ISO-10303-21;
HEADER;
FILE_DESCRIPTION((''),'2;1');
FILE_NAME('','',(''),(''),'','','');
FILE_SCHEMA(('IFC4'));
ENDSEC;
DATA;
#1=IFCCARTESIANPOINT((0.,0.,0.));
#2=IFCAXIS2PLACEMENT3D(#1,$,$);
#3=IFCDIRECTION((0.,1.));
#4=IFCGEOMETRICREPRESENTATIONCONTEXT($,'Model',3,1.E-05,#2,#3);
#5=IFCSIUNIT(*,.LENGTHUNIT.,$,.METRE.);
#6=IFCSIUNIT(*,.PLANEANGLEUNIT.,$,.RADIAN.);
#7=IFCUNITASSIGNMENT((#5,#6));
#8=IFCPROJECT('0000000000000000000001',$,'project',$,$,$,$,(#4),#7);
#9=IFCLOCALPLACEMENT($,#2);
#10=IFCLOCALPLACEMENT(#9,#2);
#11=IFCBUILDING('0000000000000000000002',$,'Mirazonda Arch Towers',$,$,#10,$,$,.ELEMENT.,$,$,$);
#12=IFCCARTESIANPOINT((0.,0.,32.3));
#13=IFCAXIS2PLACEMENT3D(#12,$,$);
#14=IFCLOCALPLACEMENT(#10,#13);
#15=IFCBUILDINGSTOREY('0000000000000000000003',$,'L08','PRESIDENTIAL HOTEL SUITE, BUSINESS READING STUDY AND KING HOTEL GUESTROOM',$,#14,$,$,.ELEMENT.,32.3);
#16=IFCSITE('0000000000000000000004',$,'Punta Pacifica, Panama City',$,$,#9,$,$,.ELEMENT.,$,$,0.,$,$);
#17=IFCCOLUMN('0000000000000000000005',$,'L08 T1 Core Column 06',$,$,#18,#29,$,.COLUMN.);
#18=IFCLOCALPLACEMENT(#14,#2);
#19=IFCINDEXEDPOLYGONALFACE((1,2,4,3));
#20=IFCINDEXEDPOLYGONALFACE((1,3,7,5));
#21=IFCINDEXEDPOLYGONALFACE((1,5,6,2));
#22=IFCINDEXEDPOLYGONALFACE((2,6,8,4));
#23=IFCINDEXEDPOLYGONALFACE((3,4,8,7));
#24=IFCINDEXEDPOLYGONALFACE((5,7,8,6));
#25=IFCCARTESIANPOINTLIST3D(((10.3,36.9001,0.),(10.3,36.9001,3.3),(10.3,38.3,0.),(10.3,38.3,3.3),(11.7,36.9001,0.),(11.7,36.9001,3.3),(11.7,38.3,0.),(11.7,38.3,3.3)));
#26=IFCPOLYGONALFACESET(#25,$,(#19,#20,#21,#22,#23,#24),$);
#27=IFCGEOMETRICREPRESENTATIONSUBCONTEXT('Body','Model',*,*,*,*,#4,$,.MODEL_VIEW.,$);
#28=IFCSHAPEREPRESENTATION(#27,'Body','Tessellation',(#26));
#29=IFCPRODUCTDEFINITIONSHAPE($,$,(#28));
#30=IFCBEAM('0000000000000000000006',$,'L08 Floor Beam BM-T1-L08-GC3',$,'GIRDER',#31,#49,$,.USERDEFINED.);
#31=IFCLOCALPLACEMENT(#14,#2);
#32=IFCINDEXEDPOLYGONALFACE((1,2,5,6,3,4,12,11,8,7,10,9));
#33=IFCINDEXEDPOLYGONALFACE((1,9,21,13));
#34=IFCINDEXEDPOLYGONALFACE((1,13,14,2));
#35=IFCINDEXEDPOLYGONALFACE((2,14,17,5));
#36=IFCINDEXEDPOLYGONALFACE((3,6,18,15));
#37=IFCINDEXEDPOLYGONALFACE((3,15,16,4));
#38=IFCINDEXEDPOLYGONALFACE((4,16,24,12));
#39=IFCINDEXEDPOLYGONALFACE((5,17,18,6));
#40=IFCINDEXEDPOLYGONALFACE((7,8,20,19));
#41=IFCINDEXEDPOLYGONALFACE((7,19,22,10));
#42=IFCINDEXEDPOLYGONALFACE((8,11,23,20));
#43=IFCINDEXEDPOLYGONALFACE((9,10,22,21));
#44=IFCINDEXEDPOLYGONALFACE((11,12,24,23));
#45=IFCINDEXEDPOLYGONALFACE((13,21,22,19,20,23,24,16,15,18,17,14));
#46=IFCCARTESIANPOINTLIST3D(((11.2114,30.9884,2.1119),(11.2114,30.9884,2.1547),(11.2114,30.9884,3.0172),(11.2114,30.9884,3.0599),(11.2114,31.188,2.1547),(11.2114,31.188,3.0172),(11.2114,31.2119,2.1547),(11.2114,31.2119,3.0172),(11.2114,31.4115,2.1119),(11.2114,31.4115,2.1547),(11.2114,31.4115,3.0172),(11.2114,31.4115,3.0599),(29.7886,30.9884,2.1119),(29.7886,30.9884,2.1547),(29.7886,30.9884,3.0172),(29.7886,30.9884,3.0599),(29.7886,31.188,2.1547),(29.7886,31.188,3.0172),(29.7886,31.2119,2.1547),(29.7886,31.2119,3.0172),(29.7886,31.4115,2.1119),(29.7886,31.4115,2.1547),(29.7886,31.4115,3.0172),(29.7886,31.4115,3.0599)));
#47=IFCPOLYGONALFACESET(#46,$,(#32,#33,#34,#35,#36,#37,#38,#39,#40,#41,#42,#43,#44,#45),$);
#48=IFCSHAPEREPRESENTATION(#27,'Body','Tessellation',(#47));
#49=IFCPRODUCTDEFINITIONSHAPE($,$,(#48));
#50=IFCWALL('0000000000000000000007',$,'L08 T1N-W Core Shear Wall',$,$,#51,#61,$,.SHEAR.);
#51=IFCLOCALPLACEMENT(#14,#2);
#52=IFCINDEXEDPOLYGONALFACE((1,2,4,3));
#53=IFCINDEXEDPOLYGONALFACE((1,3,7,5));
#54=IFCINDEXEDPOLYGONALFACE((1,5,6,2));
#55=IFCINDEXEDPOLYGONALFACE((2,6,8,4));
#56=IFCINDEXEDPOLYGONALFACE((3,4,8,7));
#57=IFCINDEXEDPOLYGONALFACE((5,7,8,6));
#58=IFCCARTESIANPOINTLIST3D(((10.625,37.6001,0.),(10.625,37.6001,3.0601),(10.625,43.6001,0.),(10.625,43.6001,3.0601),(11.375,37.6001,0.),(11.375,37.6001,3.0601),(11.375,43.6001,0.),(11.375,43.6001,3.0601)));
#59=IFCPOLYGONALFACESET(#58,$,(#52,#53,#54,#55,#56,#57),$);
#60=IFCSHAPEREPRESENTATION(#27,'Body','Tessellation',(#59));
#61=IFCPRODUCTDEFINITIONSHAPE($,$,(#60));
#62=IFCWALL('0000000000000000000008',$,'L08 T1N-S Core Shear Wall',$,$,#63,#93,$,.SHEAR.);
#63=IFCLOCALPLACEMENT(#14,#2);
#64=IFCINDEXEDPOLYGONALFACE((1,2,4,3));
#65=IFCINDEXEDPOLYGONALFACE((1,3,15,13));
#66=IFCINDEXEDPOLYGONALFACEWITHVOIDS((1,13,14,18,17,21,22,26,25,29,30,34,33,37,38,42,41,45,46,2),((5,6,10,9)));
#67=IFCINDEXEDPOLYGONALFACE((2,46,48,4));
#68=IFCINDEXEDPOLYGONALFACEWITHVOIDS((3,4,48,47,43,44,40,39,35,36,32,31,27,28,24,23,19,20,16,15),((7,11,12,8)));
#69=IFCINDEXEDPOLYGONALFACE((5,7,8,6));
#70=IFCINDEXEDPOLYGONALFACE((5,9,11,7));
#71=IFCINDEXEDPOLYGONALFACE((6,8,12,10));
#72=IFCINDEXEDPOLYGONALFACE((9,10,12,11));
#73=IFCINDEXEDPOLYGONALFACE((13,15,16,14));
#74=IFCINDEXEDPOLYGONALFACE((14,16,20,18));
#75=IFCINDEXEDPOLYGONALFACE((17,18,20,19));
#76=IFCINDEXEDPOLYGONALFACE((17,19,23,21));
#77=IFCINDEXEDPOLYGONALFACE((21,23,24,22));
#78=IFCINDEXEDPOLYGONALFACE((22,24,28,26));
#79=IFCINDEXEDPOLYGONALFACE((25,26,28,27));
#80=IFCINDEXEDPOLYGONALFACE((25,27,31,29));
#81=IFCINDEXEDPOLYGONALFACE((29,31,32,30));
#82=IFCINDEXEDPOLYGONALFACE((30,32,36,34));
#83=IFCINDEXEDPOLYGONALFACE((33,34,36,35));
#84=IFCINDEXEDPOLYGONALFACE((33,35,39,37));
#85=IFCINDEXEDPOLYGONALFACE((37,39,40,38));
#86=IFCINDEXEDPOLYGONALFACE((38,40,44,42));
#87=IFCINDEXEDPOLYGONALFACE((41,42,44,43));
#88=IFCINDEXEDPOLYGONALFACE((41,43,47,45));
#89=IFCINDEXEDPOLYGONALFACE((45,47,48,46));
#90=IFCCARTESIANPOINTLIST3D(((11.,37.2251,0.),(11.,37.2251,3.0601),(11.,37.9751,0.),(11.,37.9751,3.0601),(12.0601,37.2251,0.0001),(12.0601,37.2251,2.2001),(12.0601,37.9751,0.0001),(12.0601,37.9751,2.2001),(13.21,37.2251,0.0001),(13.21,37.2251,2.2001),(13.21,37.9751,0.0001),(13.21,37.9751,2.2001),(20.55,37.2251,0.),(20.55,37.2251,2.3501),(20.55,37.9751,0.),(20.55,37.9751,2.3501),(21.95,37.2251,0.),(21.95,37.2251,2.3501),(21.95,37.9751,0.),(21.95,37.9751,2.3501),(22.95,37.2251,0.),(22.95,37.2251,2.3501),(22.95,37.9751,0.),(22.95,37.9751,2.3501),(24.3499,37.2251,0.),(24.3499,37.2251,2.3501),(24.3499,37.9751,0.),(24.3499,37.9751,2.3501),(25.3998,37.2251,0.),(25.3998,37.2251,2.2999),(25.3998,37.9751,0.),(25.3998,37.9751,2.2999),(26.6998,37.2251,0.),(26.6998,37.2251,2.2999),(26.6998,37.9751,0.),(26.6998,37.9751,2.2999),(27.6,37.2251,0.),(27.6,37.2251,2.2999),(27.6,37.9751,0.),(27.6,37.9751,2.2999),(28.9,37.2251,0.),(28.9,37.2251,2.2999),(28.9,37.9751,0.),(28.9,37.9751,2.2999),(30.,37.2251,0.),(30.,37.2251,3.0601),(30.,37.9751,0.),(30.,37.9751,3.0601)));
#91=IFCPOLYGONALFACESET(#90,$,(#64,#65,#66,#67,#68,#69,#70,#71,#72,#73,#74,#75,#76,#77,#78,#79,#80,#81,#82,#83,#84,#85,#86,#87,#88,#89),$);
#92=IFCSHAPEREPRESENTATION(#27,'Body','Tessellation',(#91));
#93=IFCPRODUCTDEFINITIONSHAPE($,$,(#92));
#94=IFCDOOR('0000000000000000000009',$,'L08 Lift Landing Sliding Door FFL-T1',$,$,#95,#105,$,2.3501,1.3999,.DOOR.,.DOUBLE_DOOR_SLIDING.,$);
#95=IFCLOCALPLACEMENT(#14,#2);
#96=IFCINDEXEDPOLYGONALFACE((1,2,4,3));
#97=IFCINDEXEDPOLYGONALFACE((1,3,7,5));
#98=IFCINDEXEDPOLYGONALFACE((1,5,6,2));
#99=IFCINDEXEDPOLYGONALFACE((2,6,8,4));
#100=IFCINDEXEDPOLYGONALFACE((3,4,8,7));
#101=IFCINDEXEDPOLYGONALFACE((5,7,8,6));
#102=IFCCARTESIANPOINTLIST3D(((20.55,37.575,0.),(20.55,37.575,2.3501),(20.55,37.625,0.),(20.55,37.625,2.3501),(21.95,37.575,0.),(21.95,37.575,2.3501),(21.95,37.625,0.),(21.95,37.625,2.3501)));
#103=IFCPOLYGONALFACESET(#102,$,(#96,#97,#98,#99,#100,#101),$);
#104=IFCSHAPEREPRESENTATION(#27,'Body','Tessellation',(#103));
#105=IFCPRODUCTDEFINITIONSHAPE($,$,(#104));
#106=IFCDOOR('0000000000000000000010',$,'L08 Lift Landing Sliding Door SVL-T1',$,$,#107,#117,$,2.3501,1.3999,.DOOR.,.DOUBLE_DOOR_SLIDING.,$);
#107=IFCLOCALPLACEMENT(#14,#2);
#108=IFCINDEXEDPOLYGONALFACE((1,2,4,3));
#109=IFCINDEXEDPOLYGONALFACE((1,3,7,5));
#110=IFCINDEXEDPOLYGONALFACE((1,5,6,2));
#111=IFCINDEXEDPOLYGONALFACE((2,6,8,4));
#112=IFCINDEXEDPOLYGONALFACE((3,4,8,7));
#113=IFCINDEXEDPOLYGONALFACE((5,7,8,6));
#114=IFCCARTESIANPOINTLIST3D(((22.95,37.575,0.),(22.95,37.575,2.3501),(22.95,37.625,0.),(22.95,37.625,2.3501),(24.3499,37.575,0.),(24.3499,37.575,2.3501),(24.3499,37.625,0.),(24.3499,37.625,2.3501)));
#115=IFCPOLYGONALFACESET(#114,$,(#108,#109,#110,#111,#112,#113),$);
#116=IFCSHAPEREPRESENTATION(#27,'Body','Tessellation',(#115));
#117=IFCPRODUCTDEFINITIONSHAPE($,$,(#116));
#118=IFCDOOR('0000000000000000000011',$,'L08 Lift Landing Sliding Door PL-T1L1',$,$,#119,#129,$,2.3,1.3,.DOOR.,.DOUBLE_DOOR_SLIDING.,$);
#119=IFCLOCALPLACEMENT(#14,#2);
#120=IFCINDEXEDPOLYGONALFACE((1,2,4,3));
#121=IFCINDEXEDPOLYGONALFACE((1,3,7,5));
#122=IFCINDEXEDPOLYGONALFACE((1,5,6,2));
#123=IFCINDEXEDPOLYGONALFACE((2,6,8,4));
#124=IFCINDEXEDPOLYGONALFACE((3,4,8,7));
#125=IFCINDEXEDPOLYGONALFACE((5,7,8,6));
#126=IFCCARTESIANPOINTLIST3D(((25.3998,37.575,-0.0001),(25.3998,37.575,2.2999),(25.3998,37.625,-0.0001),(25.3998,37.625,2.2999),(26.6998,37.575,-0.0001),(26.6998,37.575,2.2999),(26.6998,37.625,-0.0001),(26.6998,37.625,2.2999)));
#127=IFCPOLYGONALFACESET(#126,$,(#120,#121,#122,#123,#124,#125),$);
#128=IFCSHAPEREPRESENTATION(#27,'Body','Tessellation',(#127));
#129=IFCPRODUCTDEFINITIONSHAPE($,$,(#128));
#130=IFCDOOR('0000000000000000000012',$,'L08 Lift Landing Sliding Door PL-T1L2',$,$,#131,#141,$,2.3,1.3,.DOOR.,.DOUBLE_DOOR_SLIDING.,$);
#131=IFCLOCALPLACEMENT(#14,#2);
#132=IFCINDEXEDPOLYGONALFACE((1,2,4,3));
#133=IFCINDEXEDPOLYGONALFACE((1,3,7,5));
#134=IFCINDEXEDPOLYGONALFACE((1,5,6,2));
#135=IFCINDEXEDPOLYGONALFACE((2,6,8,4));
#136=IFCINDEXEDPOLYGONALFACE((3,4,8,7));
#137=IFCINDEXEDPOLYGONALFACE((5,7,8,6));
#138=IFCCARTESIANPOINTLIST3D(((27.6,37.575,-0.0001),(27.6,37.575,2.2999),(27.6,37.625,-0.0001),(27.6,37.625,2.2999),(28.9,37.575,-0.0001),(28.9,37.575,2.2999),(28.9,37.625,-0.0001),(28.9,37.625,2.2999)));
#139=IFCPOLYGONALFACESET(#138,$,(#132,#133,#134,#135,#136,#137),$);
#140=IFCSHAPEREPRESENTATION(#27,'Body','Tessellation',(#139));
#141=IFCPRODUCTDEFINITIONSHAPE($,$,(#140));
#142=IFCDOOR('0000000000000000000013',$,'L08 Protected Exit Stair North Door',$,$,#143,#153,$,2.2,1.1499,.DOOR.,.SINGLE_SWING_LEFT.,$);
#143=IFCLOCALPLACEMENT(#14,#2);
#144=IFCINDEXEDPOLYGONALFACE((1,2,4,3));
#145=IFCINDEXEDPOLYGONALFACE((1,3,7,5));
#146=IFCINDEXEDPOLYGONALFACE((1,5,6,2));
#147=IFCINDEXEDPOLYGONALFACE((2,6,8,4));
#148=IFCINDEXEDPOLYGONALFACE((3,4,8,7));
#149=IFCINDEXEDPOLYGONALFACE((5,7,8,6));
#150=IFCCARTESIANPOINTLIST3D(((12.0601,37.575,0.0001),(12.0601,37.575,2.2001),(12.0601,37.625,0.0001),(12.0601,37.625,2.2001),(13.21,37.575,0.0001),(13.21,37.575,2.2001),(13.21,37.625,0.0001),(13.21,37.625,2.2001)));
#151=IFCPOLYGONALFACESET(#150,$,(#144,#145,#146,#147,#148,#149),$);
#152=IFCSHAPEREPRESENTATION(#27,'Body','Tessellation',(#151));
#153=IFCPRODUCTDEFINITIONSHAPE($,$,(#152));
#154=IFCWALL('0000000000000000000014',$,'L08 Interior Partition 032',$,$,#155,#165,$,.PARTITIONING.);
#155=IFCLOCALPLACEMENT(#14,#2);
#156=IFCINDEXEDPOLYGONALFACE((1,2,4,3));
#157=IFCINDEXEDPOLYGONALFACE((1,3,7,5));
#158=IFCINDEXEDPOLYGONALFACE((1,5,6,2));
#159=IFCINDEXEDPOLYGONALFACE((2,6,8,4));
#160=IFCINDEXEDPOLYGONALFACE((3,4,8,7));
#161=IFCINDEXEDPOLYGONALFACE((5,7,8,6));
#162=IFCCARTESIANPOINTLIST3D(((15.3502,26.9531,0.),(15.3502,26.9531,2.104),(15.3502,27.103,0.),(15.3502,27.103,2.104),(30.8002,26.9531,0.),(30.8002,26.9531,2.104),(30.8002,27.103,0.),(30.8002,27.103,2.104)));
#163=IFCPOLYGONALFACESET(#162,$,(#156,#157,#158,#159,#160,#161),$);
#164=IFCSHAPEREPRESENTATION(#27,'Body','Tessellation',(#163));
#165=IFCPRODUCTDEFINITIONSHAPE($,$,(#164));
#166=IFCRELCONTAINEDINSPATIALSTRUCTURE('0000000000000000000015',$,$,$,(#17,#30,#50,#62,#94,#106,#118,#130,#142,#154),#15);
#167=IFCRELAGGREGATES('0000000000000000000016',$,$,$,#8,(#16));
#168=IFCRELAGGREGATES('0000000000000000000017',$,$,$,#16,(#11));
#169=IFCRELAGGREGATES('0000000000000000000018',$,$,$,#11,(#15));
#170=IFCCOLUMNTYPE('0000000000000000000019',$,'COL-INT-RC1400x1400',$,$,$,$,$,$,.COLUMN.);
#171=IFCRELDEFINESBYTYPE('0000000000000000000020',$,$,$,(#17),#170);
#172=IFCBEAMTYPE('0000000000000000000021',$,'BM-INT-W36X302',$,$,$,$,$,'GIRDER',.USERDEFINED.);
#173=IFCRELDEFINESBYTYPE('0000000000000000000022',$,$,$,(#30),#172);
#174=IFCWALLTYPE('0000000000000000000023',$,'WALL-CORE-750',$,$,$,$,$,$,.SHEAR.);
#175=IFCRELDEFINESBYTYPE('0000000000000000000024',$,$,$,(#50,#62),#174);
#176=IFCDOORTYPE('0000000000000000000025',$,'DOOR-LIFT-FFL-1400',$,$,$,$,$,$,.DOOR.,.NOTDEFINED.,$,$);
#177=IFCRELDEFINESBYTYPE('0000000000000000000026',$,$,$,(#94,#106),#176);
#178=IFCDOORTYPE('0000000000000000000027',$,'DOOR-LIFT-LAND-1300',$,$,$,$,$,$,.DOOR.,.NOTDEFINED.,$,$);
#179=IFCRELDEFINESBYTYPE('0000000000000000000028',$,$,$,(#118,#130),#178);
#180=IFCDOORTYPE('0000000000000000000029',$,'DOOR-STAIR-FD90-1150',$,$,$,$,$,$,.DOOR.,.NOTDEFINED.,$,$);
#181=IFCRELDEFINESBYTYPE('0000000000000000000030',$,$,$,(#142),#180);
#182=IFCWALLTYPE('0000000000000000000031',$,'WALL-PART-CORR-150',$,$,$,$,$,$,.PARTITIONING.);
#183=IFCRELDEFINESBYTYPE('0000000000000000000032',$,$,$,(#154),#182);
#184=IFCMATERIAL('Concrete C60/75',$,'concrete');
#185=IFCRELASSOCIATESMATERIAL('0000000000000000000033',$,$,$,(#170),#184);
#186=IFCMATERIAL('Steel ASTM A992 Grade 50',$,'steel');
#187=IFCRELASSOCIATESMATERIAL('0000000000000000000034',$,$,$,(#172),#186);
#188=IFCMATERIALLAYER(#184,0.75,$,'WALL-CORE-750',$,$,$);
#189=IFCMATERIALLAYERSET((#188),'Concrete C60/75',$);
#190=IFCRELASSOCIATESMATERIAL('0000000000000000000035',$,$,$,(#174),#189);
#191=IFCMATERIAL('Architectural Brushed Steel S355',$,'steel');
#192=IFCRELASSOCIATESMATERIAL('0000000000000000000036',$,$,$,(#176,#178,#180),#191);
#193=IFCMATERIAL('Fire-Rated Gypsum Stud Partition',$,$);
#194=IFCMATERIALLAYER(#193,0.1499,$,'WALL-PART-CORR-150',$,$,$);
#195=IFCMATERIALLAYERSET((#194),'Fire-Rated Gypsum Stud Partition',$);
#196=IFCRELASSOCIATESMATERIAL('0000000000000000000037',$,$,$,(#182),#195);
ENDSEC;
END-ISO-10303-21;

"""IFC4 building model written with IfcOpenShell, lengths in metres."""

from ifc_helpers import new_model, si_unit, direction, frame, frame_2d, origin, origin_2d, place, context, subcontext, project, spatial, rectangle, i_section, extrude, material, layer, layer_set, material_profile, profile_set, type_object, element, fill, save


model = new_model("IFC4")

# Units and contexts
model_context = context("Model", 3, precision=1e-05, world=origin(), true_north=direction((0.0, 1.0)))
body_context = subcontext(model_context, "Body", "Model", "MODEL_VIEW")
ifc_project = project(units=[si_unit("LENGTHUNIT", "METRE"), si_unit("PLANEANGLEUNIT", "RADIAN")], contexts=[model_context])

# Site, building, storey
site_placement = place(None, origin())
site = spatial("IfcSite", under=ifc_project, at=site_placement, Name="Punta Pacifica, Panama City", CompositionType="ELEMENT", RefElevation=0.0)
building_placement = place(site_placement, origin())
building = spatial("IfcBuilding", under=site, at=building_placement, Name="Mirazonda Arch Towers", CompositionType="ELEMENT")
storey_placement = place(building_placement, frame((0.0, 0.0, 32.3)))
storey = spatial("IfcBuildingStorey", under=building, at=storey_placement, Name="L08", Description="PRESIDENTIAL HOTEL SUITE, BUSINESS READING STUDY AND KING HOTEL GUESTROOM", CompositionType="ELEMENT", Elevation=32.3)

# Column
ifc_material_1 = material(Name="Concrete C60/75", Category="concrete")
ifc_material_profile_1 = material_profile(ifc_material_1, rectangle(XDim=1.3999, YDim=1.3999, at=origin_2d()), Name="RC1400x1400")
ifc_profile_set_1 = profile_set([ifc_material_profile_1], Name="Concrete C60/75")
column_type = type_object("IfcColumnType", Name="COL-INT-RC1400x1400", PredefinedType="COLUMN", material=ifc_profile_set_1)
column_placement = place(storey_placement, frame((11.0, 37.6001, 0.0), z_axis=(0.0, 0.0, 1.0), x_axis=(1.0, 0.0, 0.0)))
element("IfcColumn", 1, at=column_placement, inside=storey, type_object=column_type, Name="L08 T1 Core Column 06", PredefinedType="COLUMN", context=body_context, shape_type="SweptSolid", body=[
    extrude(rectangle(XDim=1.3999, YDim=1.3999, at=origin_2d()), origin(), (0.0, 0.0, 1.0), 3.3),
])

# Beam
ifc_material_2 = material(Name="Steel ASTM A992 Grade 50", Category="steel")
ifc_material_profile_2 = material_profile(ifc_material_2, i_section(OverallWidth=0.4231, OverallDepth=0.948, WebThickness=0.0239, FlangeThickness=0.0427, at=origin_2d()), Name="W36X302")
ifc_profile_set_2 = profile_set([ifc_material_profile_2], Name="Steel ASTM A992 Grade 50")
beam_type = type_object("IfcBeamType", Name="BM-INT-W36X302", ElementType="GIRDER", PredefinedType="USERDEFINED", material=ifc_profile_set_2)
beam_placement = place(storey_placement, frame((11.2114, 31.2, 2.5859), z_axis=(1.0, 0.0, 0.0), x_axis=(0.0, 1.0, 0.0)))
element("IfcBeam", 2, at=beam_placement, inside=storey, type_object=beam_type, Name="L08 Floor Beam BM-T1-L08-GC3", ObjectType="GIRDER", PredefinedType="USERDEFINED", context=body_context, shape_type="SweptSolid", body=[
    extrude(i_section(OverallWidth=0.4231, OverallDepth=0.948, WebThickness=0.0239, FlangeThickness=0.0427, at=origin_2d()), origin(), (0.0, 0.0, 1.0), 18.5771),
])

# Wall
ifc_layer_1 = layer(ifc_material_1, 0.75, Name="WALL-CORE-750")
ifc_layer_set_1 = layer_set([ifc_layer_1], Name="Concrete C60/75")
wall_type_1 = type_object("IfcWallType", Name="WALL-CORE-750", PredefinedType="SHEAR", material=ifc_layer_set_1)
wall_1_placement = place(storey_placement, frame((11.0, 37.6001, 0.0), z_axis=(0.0, 0.0, 1.0), x_axis=(0.0, 1.0, 0.0)))
element("IfcWall", 3, at=wall_1_placement, inside=storey, type_object=wall_type_1, Name="L08 T1N-W Core Shear Wall", PredefinedType="SHEAR", context=body_context, shape_type="SweptSolid", body=[
    extrude(rectangle(XDim=6.0, YDim=0.75, at=frame_2d((3.0, 0.0))), origin(), (0.0, 0.0, 1.0), 3.0601),
])

# Wall, openings, doors
wall_2_placement = place(storey_placement, frame((11.0, 37.6001, 0.0), z_axis=(0.0, 0.0, 1.0), x_axis=(1.0, 0.0, 0.0)))
wall_2 = element("IfcWall", 4, at=wall_2_placement, inside=storey, type_object=wall_type_1, Name="L08 T1N-S Core Shear Wall", PredefinedType="SHEAR", context=body_context, shape_type="SweptSolid", body=[
    extrude(rectangle(XDim=19.0, YDim=0.75, at=frame_2d((9.5, 0.0))), origin(), (0.0, 0.0, 1.0), 3.0601),
])
opening_1_placement = place(wall_2_placement, frame((1.0601, 0.0, 0.0)))
opening_1 = element("IfcOpeningElement", 5, at=opening_1_placement, cuts=wall_2, PredefinedType="OPENING", context=body_context, shape_type="SweptSolid", body=[
    extrude(rectangle(XDim=1.1499, YDim=2.2, at=frame_2d((0.575, 1.1001))), frame((0.0, 0.385, 0.0), z_axis=(0.0, -1.0, 0.0), x_axis=(1.0, 0.0, 0.0)), (0.0, 0.0, 1.0), 0.77),
])
opening_2_placement = place(wall_2_placement, frame((9.55, 0.0, 0.0)))
opening_2 = element("IfcOpeningElement", 6, at=opening_2_placement, cuts=wall_2, PredefinedType="OPENING", context=body_context, shape_type="SweptSolid", body=[
    extrude(rectangle(XDim=1.3999, YDim=2.3501, at=frame_2d((0.7, 1.175))), frame((0.0, 0.385, 0.0), z_axis=(0.0, -1.0, 0.0), x_axis=(1.0, 0.0, 0.0)), (0.0, 0.0, 1.0), 0.77),
])
opening_3_placement = place(wall_2_placement, frame((11.95, 0.0, 0.0)))
opening_3 = element("IfcOpeningElement", 7, at=opening_3_placement, cuts=wall_2, PredefinedType="OPENING", context=body_context, shape_type="SweptSolid", body=[
    extrude(rectangle(XDim=1.3999, YDim=2.3501, at=frame_2d((0.7, 1.175))), frame((0.0, 0.385, 0.0), z_axis=(0.0, -1.0, 0.0), x_axis=(1.0, 0.0, 0.0)), (0.0, 0.0, 1.0), 0.77),
])
opening_4_placement = place(wall_2_placement, frame((14.3999, 0.0, 0.0)))
opening_4 = element("IfcOpeningElement", 8, at=opening_4_placement, cuts=wall_2, PredefinedType="OPENING", context=body_context, shape_type="SweptSolid", body=[
    extrude(rectangle(XDim=1.3, YDim=2.3, at=frame_2d((0.6499, 1.1499))), frame((0.0, 0.385, 0.0), z_axis=(0.0, -1.0, 0.0), x_axis=(1.0, 0.0, 0.0)), (0.0, 0.0, 1.0), 0.77),
])
opening_5_placement = place(wall_2_placement, frame((16.6001, 0.0, 0.0)))
opening_5 = element("IfcOpeningElement", 9, at=opening_5_placement, cuts=wall_2, PredefinedType="OPENING", context=body_context, shape_type="SweptSolid", body=[
    extrude(rectangle(XDim=1.3, YDim=2.3, at=frame_2d((0.6499, 1.1499))), frame((0.0, 0.385, 0.0), z_axis=(0.0, -1.0, 0.0), x_axis=(1.0, 0.0, 0.0)), (0.0, 0.0, 1.0), 0.77),
])
ifc_material_3 = material(Name="Architectural Brushed Steel S355", Category="steel")
door_type_1 = type_object("IfcDoorType", Name="DOOR-LIFT-FFL-1400", OperationType="NOTDEFINED", PredefinedType="DOOR", material=ifc_material_3)
door_1_placement = place(opening_2_placement, origin())
door_1 = element("IfcDoor", 10, at=door_1_placement, inside=storey, type_object=door_type_1, Name="L08 Lift Landing Sliding Door FFL-T1", OperationType="DOUBLE_DOOR_SLIDING", OverallHeight=2.3501, OverallWidth=1.3999, PredefinedType="DOOR", context=body_context, shape_type="SweptSolid", body=[
    extrude(rectangle(XDim=1.3999, YDim=2.3501, at=frame_2d((0.7, 1.175))), frame((0.0, 0.0249, 0.0), z_axis=(0.0, -1.0, 0.0), x_axis=(1.0, 0.0, 0.0)), (0.0, 0.0, 1.0), 0.05),
])
fill(opening_2, door_1)
door_2_placement = place(opening_3_placement, origin())
door_2 = element("IfcDoor", 11, at=door_2_placement, inside=storey, type_object=door_type_1, Name="L08 Lift Landing Sliding Door SVL-T1", OperationType="DOUBLE_DOOR_SLIDING", OverallHeight=2.3501, OverallWidth=1.3999, PredefinedType="DOOR", context=body_context, shape_type="SweptSolid", body=[
    extrude(rectangle(XDim=1.3999, YDim=2.3501, at=frame_2d((0.7, 1.175))), frame((0.0, 0.0249, 0.0), z_axis=(0.0, -1.0, 0.0), x_axis=(1.0, 0.0, 0.0)), (0.0, 0.0, 1.0), 0.05),
])
fill(opening_3, door_2)
door_type_2 = type_object("IfcDoorType", Name="DOOR-LIFT-LAND-1300", OperationType="NOTDEFINED", PredefinedType="DOOR", material=ifc_material_3)
door_3_placement = place(opening_4_placement, origin())
door_3 = element("IfcDoor", 12, at=door_3_placement, inside=storey, type_object=door_type_2, Name="L08 Lift Landing Sliding Door PL-T1L1", OperationType="DOUBLE_DOOR_SLIDING", OverallHeight=2.3, OverallWidth=1.3, PredefinedType="DOOR", context=body_context, shape_type="SweptSolid", body=[
    extrude(rectangle(XDim=1.3, YDim=2.3, at=frame_2d((0.6499, 1.1499))), frame((0.0, 0.0249, 0.0), z_axis=(0.0, -1.0, 0.0), x_axis=(1.0, 0.0, 0.0)), (0.0, 0.0, 1.0), 0.05),
])
fill(opening_4, door_3)
door_4_placement = place(opening_5_placement, origin())
door_4 = element("IfcDoor", 13, at=door_4_placement, inside=storey, type_object=door_type_2, Name="L08 Lift Landing Sliding Door PL-T1L2", OperationType="DOUBLE_DOOR_SLIDING", OverallHeight=2.3, OverallWidth=1.3, PredefinedType="DOOR", context=body_context, shape_type="SweptSolid", body=[
    extrude(rectangle(XDim=1.3, YDim=2.3, at=frame_2d((0.6499, 1.1499))), frame((0.0, 0.0249, 0.0), z_axis=(0.0, -1.0, 0.0), x_axis=(1.0, 0.0, 0.0)), (0.0, 0.0, 1.0), 0.05),
])
fill(opening_5, door_4)
door_type_3 = type_object("IfcDoorType", Name="DOOR-STAIR-FD90-1150", OperationType="NOTDEFINED", PredefinedType="DOOR", material=ifc_material_3)
door_5_placement = place(opening_1_placement, origin())
door_5 = element("IfcDoor", 14, at=door_5_placement, inside=storey, type_object=door_type_3, Name="L08 Protected Exit Stair North Door", OperationType="SINGLE_SWING_LEFT", OverallHeight=2.2, OverallWidth=1.1499, PredefinedType="DOOR", context=body_context, shape_type="SweptSolid", body=[
    extrude(rectangle(XDim=1.1499, YDim=2.2, at=frame_2d((0.575, 1.1001))), frame((0.0, 0.0249, 0.0), z_axis=(0.0, -1.0, 0.0), x_axis=(1.0, 0.0, 0.0)), (0.0, 0.0, 1.0), 0.05),
])
fill(opening_1, door_5)

# Wall
ifc_material_4 = material(Name="Fire-Rated Gypsum Stud Partition")
ifc_layer_2 = layer(ifc_material_4, 0.1499, Name="WALL-PART-CORR-150")
ifc_layer_set_2 = layer_set([ifc_layer_2], Name="Fire-Rated Gypsum Stud Partition")
wall_type_2 = type_object("IfcWallType", Name="WALL-PART-CORR-150", PredefinedType="PARTITIONING", material=ifc_layer_set_2)
wall_3_placement = place(storey_placement, frame((15.3501, 27.0281, 0.0), z_axis=(0.0, 0.0, 1.0), x_axis=(1.0, 0.0, 0.0)))
element("IfcWall", 15, at=wall_3_placement, inside=storey, type_object=wall_type_2, Name="L08 Interior Partition 032", PredefinedType="PARTITIONING", context=body_context, shape_type="SweptSolid", body=[
    extrude(rectangle(XDim=15.45, YDim=0.1499, at=frame_2d((7.7251, 0.0))), origin(), (0.0, 0.0, 1.0), 2.104),
])

save(model, "model.ifc")
